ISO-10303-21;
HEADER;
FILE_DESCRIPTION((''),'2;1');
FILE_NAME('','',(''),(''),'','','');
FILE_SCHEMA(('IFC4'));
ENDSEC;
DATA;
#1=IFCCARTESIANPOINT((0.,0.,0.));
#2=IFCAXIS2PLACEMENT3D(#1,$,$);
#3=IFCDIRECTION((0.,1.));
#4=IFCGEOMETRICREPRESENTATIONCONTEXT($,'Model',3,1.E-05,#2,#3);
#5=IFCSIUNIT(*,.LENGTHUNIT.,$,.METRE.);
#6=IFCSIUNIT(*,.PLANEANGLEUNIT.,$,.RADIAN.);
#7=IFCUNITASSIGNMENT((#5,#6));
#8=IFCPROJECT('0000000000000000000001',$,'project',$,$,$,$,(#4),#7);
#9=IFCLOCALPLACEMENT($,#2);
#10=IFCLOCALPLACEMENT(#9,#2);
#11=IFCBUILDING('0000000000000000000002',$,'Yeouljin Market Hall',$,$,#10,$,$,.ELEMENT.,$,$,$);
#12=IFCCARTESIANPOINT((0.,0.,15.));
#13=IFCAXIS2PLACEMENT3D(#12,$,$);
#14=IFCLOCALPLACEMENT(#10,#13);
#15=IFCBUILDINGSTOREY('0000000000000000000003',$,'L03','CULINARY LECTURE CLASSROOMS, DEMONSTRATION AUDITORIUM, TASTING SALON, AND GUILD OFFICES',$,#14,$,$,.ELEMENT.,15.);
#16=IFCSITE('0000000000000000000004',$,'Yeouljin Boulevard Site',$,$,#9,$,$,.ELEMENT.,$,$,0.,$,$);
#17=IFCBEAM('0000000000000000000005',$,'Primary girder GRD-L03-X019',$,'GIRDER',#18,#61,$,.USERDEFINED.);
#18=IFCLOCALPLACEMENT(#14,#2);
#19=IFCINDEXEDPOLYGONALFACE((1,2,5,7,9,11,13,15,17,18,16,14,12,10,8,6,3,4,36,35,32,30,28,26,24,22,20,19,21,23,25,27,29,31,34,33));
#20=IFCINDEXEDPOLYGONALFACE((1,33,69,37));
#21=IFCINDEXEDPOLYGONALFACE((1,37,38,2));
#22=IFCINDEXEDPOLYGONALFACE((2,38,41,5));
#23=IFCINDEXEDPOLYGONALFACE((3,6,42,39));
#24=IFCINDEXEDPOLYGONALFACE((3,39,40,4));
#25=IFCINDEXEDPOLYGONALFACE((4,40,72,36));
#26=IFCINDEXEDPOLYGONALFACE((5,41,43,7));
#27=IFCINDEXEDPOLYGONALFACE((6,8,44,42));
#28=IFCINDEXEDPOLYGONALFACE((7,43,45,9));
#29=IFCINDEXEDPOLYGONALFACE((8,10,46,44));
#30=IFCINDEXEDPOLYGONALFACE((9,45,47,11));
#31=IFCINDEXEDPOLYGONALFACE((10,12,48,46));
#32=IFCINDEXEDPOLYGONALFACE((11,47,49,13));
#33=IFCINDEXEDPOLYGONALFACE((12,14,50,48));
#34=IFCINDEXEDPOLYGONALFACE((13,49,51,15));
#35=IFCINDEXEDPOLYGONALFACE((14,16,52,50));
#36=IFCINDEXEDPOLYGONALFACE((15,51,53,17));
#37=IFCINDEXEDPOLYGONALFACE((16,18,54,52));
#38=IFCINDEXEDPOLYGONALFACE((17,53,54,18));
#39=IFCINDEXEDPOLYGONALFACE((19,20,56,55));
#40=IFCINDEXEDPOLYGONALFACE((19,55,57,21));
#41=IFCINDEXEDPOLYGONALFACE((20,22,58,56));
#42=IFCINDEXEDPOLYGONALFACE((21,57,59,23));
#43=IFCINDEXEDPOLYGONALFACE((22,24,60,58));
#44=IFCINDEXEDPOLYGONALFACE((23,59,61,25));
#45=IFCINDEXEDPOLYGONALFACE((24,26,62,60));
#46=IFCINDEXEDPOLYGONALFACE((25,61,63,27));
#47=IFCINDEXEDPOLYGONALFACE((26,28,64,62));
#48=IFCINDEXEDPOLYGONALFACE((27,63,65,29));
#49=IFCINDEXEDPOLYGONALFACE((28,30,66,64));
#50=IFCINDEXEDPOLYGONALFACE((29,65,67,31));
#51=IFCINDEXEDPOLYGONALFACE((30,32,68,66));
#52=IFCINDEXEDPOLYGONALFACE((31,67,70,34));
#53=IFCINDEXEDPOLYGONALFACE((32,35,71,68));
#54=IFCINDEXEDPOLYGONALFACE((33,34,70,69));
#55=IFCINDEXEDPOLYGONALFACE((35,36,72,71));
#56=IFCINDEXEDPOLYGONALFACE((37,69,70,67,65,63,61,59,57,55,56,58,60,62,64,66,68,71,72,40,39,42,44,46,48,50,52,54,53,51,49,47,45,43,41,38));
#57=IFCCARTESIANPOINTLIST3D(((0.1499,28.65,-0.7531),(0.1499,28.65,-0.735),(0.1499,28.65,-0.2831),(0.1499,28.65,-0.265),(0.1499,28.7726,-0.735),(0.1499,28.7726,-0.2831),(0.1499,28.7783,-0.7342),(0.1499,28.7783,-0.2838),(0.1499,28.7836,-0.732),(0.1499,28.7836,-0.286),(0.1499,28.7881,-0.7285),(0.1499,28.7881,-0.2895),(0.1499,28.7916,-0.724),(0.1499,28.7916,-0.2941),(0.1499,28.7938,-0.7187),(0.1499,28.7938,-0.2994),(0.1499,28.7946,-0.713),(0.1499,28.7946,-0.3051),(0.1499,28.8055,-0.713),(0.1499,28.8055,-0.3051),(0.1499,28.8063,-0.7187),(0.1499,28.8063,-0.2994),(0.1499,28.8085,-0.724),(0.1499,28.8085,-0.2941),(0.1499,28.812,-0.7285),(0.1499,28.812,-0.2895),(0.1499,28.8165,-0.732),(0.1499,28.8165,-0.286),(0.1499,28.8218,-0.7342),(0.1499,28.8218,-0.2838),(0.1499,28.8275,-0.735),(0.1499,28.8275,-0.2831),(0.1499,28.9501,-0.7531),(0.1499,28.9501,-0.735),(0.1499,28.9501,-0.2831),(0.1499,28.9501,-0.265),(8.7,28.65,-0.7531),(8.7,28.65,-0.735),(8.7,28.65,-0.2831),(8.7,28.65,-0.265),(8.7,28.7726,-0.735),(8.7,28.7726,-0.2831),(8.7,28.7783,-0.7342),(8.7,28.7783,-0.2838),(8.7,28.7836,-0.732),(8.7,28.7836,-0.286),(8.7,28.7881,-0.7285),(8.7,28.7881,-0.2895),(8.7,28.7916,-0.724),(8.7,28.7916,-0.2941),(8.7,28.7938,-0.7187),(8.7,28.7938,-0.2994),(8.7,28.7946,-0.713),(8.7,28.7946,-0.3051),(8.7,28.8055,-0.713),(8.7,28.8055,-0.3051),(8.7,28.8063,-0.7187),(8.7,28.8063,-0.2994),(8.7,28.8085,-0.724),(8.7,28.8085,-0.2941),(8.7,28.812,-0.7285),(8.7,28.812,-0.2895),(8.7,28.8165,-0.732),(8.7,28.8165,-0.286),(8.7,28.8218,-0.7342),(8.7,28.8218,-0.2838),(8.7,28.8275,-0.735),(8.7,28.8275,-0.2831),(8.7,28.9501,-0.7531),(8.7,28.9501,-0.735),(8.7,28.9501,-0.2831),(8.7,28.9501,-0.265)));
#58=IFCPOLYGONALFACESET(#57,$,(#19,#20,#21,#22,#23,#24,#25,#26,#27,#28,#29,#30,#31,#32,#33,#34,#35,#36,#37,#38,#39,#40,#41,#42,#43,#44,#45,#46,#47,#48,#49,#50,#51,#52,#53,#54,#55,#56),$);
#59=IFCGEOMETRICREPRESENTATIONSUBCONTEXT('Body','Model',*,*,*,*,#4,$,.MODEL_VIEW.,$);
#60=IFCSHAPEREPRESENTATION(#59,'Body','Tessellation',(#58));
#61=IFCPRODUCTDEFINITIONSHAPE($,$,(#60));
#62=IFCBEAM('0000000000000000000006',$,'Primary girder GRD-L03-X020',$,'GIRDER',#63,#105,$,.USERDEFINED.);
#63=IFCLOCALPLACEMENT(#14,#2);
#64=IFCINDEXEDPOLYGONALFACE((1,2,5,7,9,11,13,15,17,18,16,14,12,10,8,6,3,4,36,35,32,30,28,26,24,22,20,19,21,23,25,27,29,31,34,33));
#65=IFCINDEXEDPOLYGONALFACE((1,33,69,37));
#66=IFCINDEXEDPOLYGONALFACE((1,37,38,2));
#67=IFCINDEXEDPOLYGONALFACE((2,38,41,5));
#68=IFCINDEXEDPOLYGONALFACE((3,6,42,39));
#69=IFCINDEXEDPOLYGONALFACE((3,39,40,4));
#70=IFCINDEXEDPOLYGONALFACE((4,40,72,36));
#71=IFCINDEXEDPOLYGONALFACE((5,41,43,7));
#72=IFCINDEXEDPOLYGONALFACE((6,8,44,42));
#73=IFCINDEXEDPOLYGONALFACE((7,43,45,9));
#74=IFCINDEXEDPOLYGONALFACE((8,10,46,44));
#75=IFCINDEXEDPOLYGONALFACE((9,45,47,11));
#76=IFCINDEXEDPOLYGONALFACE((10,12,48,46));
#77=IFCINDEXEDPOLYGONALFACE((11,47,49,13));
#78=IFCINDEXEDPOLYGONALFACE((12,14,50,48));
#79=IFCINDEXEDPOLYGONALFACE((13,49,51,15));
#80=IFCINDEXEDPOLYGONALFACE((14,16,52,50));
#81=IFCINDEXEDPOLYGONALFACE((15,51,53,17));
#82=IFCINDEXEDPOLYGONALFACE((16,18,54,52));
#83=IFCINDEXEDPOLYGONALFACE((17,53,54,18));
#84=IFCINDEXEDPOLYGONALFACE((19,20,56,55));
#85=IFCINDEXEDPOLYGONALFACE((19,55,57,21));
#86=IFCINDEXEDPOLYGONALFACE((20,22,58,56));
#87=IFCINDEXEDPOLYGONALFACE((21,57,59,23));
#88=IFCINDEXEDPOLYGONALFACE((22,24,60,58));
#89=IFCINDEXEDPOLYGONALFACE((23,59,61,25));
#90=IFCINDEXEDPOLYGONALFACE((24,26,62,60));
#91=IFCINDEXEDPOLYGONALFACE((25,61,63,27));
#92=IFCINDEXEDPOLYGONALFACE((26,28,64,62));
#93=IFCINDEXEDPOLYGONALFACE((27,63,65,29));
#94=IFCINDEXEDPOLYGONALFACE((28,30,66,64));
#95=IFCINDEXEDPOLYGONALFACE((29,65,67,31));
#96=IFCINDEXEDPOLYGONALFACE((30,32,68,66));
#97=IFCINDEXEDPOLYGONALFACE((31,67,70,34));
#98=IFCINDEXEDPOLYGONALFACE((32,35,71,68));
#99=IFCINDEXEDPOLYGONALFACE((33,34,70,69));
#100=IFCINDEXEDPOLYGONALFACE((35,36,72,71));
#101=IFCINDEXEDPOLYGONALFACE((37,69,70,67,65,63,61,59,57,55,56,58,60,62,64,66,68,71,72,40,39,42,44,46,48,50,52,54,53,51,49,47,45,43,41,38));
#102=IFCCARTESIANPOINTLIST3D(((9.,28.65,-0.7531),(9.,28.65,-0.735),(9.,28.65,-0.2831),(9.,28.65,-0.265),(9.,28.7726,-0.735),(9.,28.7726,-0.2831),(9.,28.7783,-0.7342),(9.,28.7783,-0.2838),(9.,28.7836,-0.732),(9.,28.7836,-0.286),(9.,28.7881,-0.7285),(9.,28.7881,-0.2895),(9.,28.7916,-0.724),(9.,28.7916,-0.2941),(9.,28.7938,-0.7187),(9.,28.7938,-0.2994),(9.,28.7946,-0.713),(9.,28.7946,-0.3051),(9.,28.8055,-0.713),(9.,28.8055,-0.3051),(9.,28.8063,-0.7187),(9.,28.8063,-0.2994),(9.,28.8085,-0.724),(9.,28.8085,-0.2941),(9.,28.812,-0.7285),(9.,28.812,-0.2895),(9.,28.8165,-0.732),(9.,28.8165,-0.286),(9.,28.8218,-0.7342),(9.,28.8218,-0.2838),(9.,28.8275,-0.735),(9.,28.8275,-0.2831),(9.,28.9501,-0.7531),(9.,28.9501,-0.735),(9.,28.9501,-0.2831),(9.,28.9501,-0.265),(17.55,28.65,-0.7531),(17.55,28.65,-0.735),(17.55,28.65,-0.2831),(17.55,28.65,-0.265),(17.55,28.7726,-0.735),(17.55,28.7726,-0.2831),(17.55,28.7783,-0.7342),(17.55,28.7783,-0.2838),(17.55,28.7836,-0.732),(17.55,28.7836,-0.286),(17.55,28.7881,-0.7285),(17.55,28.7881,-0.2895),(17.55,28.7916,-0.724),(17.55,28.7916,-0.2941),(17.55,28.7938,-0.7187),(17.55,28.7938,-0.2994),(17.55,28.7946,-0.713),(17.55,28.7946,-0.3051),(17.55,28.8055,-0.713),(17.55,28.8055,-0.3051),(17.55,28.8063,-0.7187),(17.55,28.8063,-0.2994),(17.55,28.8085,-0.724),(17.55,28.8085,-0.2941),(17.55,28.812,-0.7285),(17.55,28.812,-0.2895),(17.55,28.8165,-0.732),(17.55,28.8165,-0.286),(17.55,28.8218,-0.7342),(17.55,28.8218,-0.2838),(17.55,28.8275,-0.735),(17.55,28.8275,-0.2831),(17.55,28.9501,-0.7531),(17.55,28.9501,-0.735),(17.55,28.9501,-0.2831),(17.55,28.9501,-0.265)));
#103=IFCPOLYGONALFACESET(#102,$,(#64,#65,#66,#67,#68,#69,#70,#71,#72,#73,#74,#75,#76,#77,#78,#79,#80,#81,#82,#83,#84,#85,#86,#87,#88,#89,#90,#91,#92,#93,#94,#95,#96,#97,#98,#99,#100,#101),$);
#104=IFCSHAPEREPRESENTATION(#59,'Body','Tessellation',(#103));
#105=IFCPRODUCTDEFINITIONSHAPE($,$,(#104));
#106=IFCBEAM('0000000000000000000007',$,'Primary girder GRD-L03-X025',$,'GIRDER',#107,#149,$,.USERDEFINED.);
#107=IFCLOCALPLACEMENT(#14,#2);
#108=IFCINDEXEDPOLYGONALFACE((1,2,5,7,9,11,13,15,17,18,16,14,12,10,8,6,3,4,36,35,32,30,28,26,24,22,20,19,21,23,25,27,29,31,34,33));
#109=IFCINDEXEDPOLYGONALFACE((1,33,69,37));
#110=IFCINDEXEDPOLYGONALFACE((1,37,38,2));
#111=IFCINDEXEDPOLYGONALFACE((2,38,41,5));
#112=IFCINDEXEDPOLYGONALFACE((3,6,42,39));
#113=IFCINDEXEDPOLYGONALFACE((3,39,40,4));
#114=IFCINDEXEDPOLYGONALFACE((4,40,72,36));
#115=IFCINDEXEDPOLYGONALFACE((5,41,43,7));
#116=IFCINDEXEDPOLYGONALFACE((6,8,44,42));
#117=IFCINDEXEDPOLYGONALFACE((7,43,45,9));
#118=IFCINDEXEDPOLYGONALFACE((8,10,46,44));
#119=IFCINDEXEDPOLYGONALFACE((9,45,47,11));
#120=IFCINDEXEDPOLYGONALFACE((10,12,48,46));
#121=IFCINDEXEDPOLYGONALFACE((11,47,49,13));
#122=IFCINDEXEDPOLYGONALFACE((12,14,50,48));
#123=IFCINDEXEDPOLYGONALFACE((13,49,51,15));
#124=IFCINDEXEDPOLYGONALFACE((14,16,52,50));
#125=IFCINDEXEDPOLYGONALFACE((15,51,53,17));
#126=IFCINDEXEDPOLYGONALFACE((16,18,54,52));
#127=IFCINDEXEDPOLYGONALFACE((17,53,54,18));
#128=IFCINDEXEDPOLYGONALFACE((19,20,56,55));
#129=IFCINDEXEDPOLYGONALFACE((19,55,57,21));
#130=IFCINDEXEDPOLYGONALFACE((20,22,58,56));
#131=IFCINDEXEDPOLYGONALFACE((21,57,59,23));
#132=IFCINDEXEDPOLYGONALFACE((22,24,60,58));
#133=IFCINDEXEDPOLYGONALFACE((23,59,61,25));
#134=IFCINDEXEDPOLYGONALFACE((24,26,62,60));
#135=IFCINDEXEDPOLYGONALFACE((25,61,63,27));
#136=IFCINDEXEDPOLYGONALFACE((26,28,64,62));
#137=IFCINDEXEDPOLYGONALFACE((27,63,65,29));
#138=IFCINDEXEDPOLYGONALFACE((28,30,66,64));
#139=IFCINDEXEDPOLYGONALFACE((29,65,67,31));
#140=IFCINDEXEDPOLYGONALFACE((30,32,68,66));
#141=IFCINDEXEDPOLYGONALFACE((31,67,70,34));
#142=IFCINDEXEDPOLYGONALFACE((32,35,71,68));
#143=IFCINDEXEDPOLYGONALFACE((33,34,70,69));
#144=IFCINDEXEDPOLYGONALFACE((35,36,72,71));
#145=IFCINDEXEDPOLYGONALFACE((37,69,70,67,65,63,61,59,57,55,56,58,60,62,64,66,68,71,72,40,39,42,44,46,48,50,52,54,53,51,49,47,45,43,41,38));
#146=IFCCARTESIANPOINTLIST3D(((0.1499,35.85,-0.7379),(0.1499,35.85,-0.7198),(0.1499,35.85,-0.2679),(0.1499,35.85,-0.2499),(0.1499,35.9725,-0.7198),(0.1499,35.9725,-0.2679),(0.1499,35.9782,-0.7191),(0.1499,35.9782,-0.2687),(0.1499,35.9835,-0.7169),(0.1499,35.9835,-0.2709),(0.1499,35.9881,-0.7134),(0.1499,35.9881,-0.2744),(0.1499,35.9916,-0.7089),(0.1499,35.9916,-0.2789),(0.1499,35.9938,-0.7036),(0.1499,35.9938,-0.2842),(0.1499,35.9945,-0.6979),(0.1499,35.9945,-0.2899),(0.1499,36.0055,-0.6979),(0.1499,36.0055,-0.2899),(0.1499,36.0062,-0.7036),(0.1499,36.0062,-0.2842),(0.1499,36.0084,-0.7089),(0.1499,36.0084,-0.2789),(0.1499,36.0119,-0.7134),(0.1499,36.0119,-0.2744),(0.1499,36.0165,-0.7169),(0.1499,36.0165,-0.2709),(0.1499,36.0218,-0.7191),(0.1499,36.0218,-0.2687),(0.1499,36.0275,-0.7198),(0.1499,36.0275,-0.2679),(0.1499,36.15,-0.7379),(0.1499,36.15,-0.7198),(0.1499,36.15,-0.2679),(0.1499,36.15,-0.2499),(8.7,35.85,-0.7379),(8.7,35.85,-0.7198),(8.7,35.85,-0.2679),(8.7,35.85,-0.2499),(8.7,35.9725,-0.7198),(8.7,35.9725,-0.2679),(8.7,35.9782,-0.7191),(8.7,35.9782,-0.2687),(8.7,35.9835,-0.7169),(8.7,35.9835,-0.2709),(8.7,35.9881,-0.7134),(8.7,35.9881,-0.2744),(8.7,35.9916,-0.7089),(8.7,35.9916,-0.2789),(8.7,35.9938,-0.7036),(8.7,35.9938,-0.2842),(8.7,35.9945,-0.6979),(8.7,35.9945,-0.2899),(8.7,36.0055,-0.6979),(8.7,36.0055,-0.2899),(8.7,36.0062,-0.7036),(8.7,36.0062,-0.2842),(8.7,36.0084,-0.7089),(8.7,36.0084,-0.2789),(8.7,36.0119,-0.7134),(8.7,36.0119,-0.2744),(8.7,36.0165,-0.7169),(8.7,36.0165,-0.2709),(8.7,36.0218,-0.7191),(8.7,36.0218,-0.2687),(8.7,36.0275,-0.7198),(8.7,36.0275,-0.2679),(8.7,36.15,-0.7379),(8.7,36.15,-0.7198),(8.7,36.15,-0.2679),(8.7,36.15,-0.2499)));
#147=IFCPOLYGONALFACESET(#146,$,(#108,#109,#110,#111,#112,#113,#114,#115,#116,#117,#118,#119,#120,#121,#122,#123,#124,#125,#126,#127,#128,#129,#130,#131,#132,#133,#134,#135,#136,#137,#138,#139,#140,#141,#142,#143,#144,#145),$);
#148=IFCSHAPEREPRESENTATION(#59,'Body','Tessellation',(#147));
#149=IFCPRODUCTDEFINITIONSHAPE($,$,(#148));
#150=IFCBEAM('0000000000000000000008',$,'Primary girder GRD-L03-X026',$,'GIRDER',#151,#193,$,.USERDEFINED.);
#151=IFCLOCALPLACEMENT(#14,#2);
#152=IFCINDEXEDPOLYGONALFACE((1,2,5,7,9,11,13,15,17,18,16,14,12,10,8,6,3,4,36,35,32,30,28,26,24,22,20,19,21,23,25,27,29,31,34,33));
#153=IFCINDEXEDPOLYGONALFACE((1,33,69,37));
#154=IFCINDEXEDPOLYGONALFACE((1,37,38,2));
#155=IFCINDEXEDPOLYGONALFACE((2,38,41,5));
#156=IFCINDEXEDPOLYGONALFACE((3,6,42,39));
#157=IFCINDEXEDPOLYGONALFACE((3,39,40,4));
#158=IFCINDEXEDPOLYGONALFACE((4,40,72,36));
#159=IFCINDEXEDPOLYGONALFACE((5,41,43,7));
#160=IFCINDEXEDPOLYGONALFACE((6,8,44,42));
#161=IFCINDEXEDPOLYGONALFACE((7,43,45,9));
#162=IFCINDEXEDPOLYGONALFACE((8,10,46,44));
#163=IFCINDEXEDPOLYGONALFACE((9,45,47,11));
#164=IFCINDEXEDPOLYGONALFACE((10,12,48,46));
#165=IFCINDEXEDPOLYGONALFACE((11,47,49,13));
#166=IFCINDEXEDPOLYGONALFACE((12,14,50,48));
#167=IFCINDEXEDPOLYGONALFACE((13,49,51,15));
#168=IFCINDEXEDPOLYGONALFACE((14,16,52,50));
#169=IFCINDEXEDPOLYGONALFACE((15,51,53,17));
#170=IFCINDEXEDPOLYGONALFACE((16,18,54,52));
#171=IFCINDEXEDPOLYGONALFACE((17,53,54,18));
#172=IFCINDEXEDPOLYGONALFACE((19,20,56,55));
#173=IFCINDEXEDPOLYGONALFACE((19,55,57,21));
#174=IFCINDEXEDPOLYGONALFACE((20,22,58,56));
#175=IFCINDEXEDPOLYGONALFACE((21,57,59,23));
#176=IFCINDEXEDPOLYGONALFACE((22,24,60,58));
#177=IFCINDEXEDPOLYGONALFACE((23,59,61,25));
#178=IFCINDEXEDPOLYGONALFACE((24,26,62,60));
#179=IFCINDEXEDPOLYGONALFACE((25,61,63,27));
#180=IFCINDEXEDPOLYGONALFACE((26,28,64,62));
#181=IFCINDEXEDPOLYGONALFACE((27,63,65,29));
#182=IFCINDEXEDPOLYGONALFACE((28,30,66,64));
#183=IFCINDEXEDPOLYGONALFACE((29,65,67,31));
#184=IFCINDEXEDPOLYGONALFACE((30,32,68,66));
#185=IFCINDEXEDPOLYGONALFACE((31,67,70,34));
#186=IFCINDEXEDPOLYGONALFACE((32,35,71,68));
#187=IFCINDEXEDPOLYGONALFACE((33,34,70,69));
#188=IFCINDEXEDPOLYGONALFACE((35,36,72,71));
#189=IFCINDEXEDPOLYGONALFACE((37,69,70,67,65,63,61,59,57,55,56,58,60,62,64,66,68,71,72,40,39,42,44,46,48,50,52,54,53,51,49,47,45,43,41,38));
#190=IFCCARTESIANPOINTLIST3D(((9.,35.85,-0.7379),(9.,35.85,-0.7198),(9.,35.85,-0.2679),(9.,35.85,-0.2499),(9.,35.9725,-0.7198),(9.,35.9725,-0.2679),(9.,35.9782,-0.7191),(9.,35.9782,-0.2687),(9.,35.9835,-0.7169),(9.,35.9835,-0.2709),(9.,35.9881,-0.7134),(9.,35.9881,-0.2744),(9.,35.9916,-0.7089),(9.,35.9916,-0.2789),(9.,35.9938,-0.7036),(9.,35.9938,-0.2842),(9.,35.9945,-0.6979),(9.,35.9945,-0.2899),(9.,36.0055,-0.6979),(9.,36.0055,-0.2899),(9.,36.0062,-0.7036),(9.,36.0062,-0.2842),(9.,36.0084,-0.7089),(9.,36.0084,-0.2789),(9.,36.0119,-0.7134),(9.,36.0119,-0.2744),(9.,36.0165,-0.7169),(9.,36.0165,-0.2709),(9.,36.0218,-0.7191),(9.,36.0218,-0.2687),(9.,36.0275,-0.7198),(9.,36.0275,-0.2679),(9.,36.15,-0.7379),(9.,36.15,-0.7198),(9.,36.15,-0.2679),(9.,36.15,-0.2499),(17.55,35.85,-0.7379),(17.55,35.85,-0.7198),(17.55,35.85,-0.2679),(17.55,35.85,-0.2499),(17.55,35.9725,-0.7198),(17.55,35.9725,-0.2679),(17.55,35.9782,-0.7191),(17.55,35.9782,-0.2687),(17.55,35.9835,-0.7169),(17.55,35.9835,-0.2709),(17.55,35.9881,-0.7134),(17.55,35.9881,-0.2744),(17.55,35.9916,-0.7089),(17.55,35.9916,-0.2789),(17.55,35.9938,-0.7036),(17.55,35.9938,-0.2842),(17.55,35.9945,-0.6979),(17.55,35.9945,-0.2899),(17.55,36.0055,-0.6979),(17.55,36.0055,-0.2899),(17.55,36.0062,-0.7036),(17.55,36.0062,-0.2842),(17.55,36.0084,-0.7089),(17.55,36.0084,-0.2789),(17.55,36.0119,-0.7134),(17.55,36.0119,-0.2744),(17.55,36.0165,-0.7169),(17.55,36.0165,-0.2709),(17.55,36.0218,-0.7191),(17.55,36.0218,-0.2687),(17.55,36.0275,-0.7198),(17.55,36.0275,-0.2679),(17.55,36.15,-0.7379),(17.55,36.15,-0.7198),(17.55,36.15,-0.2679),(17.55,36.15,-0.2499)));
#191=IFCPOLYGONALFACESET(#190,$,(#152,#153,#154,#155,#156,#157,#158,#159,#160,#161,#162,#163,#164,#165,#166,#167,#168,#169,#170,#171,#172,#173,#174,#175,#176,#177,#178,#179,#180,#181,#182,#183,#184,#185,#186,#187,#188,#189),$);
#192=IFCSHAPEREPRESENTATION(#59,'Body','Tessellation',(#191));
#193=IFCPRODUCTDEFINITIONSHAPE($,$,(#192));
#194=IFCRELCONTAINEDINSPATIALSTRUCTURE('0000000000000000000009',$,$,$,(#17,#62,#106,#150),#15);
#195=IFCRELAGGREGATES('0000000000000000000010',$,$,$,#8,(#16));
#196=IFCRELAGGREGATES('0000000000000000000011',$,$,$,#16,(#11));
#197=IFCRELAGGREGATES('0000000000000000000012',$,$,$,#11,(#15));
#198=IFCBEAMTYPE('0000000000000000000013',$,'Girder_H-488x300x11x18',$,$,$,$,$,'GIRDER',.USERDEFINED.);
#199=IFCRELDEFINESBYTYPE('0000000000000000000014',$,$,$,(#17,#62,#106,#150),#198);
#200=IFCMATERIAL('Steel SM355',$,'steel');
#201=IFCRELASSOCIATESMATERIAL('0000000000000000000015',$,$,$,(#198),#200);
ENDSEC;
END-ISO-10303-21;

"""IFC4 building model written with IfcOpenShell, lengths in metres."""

from ifc_helpers import new_model, si_unit, direction, frame, origin, origin_2d, place, context, subcontext, project, spatial, i_section, extrude, material, material_profile, profile_set, type_object, element, save


model = new_model("IFC4")

# Units and contexts
model_context = context("Model", 3, precision=1e-05, world=origin(), true_north=direction((0.0, 1.0)))
body_context = subcontext(model_context, "Body", "Model", "MODEL_VIEW")
ifc_project = project(units=[si_unit("LENGTHUNIT", "METRE"), si_unit("PLANEANGLEUNIT", "RADIAN")], contexts=[model_context])

# Site, building, storey
site_placement = place(None, origin())
site = spatial("IfcSite", under=ifc_project, at=site_placement, Name="Yeouljin Boulevard Site", CompositionType="ELEMENT", RefElevation=0.0)
building_placement = place(site_placement, origin())
building = spatial("IfcBuilding", under=site, at=building_placement, Name="Yeouljin Market Hall", CompositionType="ELEMENT")
storey_placement = place(building_placement, frame((0.0, 0.0, 15.0)))
storey = spatial("IfcBuildingStorey", under=building, at=storey_placement, Name="L03", Description="CULINARY LECTURE CLASSROOMS, DEMONSTRATION AUDITORIUM, TASTING SALON, AND GUILD OFFICES", CompositionType="ELEMENT", Elevation=15.0)

# Beams
ifc_material_1 = material(Name="Steel SM355", Category="steel")
ifc_material_profile_1 = material_profile(ifc_material_1, i_section(OverallWidth=0.3, OverallDepth=0.488, WebThickness=0.011, FlangeThickness=0.0181, FilletRadius=0.022, at=origin_2d()), Name="H-488x300x11x18")
ifc_profile_set_1 = profile_set([ifc_material_profile_1], Name="Steel SM355")
beam_type_1 = type_object("IfcBeamType", Name="Girder_H-488x300x11x18", ElementType="GIRDER", PredefinedType="USERDEFINED", material=ifc_profile_set_1)
for number, where, z_axis, x_axis, name in (
    (1, (0.1499, 28.8, -0.509), (1.0, 0.0, 0.0), (0.0, 1.0, 0.0), "Primary girder GRD-L03-X019"),
    (2, (9.0, 28.8, -0.509), (1.0, 0.0, 0.0), (0.0, 1.0, 0.0), "Primary girder GRD-L03-X020"),
    (3, (0.1499, 36.0, -0.4939), (1.0, 0.0, 0.0), (0.0, 1.0, 0.0), "Primary girder GRD-L03-X025"),
    (4, (9.0, 36.0, -0.4939), (1.0, 0.0, 0.0), (0.0, 1.0, 0.0), "Primary girder GRD-L03-X026"),
):
    element("IfcBeam", number, at=place(storey_placement, frame(where, z_axis=z_axis, x_axis=x_axis)), inside=storey, type_object=beam_type_1, Name=name, ObjectType="GIRDER", PredefinedType="USERDEFINED", context=body_context, shape_type="SweptSolid", body=[
        extrude(i_section(OverallWidth=0.3, OverallDepth=0.488, WebThickness=0.011, FlangeThickness=0.0181, FilletRadius=0.022, at=origin_2d()), origin(), (0.0, 0.0, 1.0), 8.55),
    ])

save(model, "model.ifc")
